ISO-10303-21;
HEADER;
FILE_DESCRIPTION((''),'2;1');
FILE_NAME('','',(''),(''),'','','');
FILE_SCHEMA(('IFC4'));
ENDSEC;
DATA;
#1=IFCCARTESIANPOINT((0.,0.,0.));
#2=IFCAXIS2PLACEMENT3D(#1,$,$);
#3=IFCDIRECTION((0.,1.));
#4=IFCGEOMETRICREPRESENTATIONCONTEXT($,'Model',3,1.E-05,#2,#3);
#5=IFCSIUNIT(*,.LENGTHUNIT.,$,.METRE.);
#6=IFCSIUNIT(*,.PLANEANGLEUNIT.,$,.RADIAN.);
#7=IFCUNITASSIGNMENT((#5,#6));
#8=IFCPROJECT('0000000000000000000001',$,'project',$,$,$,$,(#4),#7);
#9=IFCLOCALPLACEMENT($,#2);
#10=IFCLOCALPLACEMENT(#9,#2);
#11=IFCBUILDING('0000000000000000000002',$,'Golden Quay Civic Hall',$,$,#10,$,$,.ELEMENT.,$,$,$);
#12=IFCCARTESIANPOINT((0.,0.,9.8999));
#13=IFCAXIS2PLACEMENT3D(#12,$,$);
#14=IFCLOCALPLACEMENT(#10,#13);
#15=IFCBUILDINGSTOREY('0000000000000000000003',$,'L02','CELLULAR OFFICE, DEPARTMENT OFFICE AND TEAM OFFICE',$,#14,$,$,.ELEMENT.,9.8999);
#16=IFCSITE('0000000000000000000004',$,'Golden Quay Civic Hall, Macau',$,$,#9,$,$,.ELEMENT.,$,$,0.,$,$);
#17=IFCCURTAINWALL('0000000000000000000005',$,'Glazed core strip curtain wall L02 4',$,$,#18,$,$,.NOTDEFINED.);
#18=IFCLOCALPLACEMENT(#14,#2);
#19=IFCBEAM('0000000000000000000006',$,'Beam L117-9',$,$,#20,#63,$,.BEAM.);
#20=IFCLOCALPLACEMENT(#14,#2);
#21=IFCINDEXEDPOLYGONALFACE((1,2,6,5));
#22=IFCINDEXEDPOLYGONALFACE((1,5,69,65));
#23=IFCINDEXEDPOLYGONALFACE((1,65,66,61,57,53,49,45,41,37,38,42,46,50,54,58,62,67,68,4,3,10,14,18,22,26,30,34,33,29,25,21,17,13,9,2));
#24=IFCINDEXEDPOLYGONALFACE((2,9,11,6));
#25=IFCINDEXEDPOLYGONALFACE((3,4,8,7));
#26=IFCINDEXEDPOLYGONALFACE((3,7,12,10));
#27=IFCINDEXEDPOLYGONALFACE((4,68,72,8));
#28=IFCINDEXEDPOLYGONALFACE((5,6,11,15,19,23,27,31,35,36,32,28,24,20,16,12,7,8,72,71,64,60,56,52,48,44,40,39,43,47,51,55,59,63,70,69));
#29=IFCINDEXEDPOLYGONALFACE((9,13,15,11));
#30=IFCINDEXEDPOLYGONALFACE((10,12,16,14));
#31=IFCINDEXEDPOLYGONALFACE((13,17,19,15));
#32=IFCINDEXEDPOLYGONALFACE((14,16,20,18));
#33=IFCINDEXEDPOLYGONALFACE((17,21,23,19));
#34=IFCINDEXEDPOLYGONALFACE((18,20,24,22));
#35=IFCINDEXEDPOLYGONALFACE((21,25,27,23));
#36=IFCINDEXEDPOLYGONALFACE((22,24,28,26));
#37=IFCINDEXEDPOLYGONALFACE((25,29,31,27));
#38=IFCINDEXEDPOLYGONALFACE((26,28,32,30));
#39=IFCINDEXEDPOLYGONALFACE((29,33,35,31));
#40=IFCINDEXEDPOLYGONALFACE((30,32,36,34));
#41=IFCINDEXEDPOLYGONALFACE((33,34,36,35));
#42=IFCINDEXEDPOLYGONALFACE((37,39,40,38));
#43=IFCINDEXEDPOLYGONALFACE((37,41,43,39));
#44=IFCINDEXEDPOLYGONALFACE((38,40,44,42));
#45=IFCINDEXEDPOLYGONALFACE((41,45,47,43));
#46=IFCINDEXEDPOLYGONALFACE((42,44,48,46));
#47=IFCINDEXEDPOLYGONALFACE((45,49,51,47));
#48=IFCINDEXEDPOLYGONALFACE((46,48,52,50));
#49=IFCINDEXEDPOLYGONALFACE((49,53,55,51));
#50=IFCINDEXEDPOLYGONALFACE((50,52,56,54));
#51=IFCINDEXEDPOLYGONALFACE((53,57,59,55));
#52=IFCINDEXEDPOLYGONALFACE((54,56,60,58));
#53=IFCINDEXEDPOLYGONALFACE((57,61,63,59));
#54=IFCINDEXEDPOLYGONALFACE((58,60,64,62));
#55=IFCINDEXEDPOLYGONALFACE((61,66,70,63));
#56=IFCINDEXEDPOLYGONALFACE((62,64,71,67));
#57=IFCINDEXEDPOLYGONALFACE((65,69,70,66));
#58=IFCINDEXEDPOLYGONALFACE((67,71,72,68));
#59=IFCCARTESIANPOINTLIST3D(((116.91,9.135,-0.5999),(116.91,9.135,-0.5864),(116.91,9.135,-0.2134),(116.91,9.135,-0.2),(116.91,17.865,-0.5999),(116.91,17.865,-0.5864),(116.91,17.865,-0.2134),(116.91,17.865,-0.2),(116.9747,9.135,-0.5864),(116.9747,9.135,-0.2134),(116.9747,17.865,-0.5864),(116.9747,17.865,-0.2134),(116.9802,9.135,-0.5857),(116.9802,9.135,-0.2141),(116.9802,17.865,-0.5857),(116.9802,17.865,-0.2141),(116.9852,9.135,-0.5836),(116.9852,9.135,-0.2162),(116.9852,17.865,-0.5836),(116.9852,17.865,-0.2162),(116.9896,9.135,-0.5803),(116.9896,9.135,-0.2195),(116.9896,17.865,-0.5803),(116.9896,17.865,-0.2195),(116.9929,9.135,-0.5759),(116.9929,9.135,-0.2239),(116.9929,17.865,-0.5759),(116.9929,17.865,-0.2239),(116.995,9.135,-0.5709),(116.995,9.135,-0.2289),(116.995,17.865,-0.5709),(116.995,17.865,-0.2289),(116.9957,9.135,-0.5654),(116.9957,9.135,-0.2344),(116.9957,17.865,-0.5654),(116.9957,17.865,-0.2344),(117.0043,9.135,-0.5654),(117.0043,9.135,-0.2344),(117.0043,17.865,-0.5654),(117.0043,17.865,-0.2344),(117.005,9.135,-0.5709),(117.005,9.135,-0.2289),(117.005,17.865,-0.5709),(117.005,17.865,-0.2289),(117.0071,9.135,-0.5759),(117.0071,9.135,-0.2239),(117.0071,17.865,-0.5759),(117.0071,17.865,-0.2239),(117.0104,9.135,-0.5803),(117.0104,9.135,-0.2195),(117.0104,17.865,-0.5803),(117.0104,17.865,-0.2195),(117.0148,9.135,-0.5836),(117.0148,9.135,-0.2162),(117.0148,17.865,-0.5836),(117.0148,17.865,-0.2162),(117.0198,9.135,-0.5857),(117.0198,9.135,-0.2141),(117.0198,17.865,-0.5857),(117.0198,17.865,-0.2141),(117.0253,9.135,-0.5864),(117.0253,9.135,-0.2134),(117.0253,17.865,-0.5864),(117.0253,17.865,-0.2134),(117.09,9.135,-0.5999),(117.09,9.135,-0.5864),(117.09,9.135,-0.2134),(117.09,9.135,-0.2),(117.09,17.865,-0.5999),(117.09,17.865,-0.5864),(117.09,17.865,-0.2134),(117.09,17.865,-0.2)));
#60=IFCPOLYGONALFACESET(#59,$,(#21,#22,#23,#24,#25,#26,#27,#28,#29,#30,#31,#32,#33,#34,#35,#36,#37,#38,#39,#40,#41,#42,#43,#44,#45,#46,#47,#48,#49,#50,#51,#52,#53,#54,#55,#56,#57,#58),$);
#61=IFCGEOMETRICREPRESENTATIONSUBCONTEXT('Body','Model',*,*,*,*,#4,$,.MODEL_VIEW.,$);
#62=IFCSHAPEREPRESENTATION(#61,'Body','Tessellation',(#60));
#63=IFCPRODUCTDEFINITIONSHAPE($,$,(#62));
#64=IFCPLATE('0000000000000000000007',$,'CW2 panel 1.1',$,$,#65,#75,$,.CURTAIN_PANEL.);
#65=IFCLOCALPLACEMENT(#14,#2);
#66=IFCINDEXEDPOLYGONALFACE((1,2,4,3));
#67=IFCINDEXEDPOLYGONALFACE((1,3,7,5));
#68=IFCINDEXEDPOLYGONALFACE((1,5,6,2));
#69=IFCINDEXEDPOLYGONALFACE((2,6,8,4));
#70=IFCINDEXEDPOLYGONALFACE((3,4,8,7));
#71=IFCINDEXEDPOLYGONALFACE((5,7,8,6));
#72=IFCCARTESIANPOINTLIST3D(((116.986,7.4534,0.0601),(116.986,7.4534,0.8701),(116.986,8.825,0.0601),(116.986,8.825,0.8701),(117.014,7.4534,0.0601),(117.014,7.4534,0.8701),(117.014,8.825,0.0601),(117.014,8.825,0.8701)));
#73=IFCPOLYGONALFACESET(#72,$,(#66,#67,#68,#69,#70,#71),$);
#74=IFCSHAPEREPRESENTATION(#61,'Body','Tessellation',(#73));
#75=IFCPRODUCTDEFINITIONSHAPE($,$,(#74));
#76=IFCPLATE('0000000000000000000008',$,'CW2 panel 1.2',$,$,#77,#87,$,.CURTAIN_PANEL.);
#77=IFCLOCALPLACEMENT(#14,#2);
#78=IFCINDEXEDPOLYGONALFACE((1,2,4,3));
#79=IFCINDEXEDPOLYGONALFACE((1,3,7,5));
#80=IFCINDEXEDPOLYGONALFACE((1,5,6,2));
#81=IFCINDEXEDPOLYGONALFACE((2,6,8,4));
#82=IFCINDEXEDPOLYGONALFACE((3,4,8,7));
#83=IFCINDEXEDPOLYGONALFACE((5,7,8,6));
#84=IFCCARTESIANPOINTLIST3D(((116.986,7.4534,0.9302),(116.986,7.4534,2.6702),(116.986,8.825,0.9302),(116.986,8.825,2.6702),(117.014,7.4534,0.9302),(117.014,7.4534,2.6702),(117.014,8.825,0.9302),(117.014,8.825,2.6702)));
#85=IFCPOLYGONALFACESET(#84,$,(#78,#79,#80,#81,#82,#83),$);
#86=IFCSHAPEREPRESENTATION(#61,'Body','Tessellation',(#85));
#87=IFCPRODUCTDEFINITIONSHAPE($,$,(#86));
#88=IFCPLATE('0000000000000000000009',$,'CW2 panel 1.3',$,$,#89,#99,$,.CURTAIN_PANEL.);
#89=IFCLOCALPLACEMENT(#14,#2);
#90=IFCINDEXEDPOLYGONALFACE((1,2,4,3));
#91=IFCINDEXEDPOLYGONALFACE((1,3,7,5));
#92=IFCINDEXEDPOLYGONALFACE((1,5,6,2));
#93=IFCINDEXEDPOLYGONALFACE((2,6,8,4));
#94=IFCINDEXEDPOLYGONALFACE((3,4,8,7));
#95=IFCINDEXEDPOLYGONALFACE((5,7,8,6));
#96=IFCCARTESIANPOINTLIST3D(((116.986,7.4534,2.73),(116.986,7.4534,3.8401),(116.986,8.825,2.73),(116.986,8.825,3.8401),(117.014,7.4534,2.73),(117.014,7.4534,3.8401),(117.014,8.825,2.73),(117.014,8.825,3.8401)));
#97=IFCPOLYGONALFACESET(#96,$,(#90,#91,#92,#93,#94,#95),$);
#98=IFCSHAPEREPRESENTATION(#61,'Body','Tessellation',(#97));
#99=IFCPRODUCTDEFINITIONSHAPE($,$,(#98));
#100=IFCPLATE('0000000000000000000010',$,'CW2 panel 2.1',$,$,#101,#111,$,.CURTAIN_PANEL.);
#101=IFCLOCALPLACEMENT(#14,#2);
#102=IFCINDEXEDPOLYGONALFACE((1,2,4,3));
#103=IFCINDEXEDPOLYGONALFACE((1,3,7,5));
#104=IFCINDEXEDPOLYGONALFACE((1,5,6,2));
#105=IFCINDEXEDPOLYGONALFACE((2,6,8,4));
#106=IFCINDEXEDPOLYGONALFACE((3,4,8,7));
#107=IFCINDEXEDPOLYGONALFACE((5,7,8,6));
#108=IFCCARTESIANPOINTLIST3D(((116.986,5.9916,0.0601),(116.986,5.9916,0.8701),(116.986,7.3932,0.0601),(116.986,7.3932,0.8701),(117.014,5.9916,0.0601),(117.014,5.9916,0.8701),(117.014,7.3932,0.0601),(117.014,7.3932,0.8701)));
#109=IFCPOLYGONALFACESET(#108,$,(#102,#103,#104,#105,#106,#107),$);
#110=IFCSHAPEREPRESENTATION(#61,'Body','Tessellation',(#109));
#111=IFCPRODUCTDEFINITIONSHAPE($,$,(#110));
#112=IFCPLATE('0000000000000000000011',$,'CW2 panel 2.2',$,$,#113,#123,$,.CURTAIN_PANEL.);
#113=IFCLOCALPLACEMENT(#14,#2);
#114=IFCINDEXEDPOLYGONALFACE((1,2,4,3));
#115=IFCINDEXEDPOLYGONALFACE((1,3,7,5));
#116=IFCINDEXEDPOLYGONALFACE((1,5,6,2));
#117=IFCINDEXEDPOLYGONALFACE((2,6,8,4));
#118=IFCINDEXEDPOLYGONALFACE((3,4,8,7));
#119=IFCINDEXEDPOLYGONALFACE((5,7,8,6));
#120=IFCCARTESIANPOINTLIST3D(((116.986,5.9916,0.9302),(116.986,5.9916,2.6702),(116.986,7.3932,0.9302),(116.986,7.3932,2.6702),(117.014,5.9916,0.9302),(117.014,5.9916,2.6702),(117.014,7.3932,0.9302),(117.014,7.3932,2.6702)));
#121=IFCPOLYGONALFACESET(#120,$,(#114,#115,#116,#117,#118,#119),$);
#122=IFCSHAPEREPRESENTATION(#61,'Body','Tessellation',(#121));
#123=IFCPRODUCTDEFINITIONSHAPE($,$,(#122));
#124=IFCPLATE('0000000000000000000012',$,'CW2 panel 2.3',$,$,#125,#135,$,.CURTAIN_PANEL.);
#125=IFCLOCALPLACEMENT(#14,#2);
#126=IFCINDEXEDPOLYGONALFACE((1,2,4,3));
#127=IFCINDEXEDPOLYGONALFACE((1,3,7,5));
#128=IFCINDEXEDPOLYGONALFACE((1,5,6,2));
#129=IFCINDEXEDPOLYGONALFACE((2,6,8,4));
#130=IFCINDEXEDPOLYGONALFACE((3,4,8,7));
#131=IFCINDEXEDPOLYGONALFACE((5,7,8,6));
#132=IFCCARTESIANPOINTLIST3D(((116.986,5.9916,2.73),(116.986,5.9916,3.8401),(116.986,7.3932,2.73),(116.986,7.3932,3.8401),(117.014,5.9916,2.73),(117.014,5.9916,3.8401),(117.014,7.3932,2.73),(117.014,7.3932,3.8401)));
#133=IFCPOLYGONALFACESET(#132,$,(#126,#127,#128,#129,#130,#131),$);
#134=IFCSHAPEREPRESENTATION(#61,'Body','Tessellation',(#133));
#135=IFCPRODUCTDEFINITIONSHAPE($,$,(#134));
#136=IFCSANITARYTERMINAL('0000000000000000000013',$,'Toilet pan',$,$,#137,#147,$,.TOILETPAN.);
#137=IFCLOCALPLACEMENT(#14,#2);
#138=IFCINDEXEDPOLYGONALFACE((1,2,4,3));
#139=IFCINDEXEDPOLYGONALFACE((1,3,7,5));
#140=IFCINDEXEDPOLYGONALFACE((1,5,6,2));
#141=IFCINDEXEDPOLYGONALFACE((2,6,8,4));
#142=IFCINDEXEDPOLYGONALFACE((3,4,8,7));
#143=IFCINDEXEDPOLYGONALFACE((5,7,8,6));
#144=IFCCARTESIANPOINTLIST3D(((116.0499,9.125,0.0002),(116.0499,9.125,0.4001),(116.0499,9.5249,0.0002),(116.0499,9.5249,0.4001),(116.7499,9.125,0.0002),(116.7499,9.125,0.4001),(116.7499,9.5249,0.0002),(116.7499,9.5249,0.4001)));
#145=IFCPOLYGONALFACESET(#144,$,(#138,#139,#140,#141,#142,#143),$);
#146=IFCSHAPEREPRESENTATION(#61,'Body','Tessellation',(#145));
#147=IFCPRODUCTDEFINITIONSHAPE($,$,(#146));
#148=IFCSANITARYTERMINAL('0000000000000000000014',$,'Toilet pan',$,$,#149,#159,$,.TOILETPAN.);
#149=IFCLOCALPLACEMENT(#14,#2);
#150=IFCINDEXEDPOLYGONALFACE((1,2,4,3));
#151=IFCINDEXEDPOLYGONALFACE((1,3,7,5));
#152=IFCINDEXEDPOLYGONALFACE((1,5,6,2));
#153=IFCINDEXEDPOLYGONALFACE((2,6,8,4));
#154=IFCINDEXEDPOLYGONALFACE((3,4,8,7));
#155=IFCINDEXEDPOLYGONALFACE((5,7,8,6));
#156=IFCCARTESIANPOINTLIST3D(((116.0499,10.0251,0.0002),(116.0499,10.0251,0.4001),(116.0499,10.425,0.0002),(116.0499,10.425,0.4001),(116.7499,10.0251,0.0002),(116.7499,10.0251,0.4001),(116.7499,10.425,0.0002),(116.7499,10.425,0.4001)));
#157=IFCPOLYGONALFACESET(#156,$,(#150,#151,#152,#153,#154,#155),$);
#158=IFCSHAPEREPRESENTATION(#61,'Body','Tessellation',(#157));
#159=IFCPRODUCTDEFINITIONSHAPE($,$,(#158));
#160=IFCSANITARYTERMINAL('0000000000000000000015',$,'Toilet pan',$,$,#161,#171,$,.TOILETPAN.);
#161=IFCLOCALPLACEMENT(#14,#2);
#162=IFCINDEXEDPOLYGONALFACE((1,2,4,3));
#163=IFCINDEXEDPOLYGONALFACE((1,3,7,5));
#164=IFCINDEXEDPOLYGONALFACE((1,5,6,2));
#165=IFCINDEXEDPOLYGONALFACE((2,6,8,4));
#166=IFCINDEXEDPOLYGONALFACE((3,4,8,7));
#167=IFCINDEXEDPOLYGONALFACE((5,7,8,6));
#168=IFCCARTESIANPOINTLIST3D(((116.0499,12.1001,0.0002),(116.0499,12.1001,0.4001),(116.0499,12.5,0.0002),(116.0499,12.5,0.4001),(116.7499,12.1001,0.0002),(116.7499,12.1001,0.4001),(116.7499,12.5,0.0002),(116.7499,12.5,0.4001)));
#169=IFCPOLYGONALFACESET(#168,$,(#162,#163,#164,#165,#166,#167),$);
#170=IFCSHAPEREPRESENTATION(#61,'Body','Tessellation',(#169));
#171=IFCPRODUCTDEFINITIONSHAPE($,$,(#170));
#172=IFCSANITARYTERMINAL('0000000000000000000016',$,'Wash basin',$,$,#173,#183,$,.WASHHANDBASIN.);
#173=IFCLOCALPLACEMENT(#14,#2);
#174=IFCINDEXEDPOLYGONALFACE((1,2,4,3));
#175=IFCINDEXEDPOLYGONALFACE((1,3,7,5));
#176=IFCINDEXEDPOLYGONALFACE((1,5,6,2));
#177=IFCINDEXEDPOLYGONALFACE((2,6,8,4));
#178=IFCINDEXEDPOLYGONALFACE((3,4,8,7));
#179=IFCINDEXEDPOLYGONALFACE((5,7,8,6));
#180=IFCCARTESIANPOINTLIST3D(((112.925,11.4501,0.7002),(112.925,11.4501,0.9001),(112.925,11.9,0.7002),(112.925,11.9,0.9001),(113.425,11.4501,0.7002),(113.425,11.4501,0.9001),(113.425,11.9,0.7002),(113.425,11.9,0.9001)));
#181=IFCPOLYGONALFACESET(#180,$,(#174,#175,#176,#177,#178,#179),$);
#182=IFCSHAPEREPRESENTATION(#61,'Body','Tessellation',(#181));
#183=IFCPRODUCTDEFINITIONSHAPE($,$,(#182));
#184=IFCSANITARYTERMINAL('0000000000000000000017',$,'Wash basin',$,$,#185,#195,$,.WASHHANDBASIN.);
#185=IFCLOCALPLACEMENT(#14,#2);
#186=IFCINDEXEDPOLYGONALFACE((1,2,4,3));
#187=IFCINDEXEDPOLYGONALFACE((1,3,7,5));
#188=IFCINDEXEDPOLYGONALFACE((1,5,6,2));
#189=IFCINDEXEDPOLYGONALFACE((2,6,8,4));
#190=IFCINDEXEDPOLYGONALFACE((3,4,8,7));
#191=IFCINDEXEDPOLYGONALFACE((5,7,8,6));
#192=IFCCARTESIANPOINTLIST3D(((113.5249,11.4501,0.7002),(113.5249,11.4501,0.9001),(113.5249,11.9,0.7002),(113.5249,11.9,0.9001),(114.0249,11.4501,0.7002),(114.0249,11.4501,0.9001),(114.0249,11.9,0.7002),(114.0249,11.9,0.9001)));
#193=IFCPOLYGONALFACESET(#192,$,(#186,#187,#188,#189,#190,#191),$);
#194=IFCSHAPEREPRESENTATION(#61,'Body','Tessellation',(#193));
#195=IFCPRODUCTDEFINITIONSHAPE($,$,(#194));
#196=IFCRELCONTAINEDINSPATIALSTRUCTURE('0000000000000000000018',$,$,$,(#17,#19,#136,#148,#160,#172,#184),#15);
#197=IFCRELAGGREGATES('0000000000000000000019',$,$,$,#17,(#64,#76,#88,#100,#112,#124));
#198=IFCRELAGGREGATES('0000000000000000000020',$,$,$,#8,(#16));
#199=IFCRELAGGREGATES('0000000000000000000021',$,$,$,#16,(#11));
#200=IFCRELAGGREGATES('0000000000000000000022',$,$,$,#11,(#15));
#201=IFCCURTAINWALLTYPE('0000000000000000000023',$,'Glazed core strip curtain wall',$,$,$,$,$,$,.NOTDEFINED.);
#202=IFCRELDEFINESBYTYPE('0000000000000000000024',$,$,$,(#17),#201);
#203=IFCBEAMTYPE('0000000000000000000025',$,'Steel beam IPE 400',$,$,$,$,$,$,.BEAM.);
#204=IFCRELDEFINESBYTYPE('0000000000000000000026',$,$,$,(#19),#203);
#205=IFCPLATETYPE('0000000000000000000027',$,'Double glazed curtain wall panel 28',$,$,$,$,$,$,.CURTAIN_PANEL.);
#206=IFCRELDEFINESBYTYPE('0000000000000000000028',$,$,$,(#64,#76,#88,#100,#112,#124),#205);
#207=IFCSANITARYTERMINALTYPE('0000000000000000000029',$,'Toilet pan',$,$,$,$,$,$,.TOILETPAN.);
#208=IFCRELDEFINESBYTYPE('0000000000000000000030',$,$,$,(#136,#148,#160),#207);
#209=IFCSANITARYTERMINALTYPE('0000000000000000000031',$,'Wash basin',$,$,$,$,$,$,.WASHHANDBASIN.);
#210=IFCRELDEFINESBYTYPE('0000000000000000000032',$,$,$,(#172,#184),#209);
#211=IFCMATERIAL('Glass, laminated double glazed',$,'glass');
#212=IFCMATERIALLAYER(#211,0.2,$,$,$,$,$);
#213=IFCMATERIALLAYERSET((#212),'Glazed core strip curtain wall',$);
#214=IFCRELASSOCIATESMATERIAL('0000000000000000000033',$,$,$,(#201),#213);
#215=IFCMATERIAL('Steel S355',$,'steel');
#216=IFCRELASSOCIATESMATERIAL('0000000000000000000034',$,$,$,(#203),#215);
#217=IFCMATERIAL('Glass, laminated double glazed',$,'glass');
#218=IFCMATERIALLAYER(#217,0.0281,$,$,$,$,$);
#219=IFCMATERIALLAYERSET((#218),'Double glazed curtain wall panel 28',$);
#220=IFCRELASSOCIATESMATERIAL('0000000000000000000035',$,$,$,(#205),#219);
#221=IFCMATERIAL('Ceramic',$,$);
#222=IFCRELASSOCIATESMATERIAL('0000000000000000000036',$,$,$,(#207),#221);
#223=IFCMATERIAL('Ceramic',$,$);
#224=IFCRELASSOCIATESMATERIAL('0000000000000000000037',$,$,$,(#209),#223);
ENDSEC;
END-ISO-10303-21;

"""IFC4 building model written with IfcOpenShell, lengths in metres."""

from ifc_helpers import new_model, si_unit, direction, frame, origin, origin_2d, place, context, subcontext, project, spatial, rectangle, i_section, extrude, material, layer, layer_set, material_profile, profile_set, type_object, element, aggregate, save


model = new_model("IFC4")

# Units and contexts
model_context = context("Model", 3, precision=1e-05, world=origin(), true_north=direction((0.0, 1.0)))
body_context = subcontext(model_context, "Body", "Model", "MODEL_VIEW")
ifc_project = project(units=[si_unit("LENGTHUNIT", "METRE"), si_unit("PLANEANGLEUNIT", "RADIAN")], contexts=[model_context])

# Site, building, storey
site_placement = place(None, origin())
site = spatial("IfcSite", under=ifc_project, at=site_placement, Name="Golden Quay Civic Hall, Macau", CompositionType="ELEMENT", RefElevation=0.0)
building_placement = place(site_placement, origin())
building = spatial("IfcBuilding", under=site, at=building_placement, Name="Golden Quay Civic Hall", CompositionType="ELEMENT")
storey_placement = place(building_placement, frame((0.0, 0.0, 9.8999)))
storey = spatial("IfcBuildingStorey", under=building, at=storey_placement, Name="L02", Description="CELLULAR OFFICE, DEPARTMENT OFFICE AND TEAM OFFICE", CompositionType="ELEMENT", Elevation=9.8999)

# Curtain wall
ifc_material_1 = material(Name="Glass, laminated double glazed", Category="glass")
ifc_layer_1 = layer(ifc_material_1, 0.2)
ifc_layer_set_1 = layer_set([ifc_layer_1], Name="Glazed core strip curtain wall")
curtain_wall_type = type_object("IfcCurtainWallType", Name="Glazed core strip curtain wall", PredefinedType="NOTDEFINED", material=ifc_layer_set_1)
curtain_wall_placement = place(storey_placement, origin())
curtain_wall = element("IfcCurtainWall", 1, at=curtain_wall_placement, inside=storey, type_object=curtain_wall_type, Name="Glazed core strip curtain wall L02 4", PredefinedType="NOTDEFINED")

# Beam
ifc_material_2 = material(Name="Steel S355", Category="steel")
ifc_material_profile_1 = material_profile(ifc_material_2, i_section(OverallWidth=0.1799, OverallDepth=0.3999, WebThickness=0.0085, FlangeThickness=0.0134, FilletRadius=0.021, at=origin_2d()), Name="IPE 400")
ifc_profile_set_1 = profile_set([ifc_material_profile_1], Name="Steel S355")
beam_type = type_object("IfcBeamType", Name="Steel beam IPE 400", PredefinedType="BEAM", material=ifc_profile_set_1)
beam_placement = place(storey_placement, frame((117.0, 9.135, -0.3999), z_axis=(0.0, 1.0, 0.0), x_axis=(-1.0, 0.0, 0.0)))
element("IfcBeam", 2, at=beam_placement, inside=storey, type_object=beam_type, Name="Beam L117-9", PredefinedType="BEAM", context=body_context, shape_type="SweptSolid", body=[
    extrude(i_section(OverallWidth=0.1799, OverallDepth=0.3999, WebThickness=0.0085, FlangeThickness=0.0134, FilletRadius=0.021, at=origin_2d()), origin(), (0.0, 0.0, 1.0), 8.73),
])

# Plates
ifc_material_3 = material(Name="Glass, laminated double glazed", Category="glass")
ifc_layer_2 = layer(ifc_material_3, 0.0281)
ifc_layer_set_2 = layer_set([ifc_layer_2], Name="Double glazed curtain wall panel 28")
plate_type = type_object("IfcPlateType", Name="Double glazed curtain wall panel 28", PredefinedType="CURTAIN_PANEL", material=ifc_layer_set_2)
plate_1_placement = place(storey_placement, frame((117.0, 8.1392, 0.0601), z_axis=(0.0, 0.0, 1.0), x_axis=(0.0, -1.0, 0.0)))
plate_1 = element("IfcPlate", 3, at=plate_1_placement, type_object=plate_type, Name="CW2 panel 1.1", PredefinedType="CURTAIN_PANEL", context=body_context, shape_type="SweptSolid", body=[
    extrude(rectangle(XDim=1.3716, YDim=0.0281, at=origin_2d()), origin(), (0.0, 0.0, 1.0), 0.8101),
])
plate_2_placement = place(storey_placement, frame((117.0, 8.1392, 0.9302), z_axis=(0.0, 0.0, 1.0), x_axis=(0.0, -1.0, 0.0)))
plate_2 = element("IfcPlate", 4, at=plate_2_placement, type_object=plate_type, Name="CW2 panel 1.2", PredefinedType="CURTAIN_PANEL", context=body_context, shape_type="SweptSolid", body=[
    extrude(rectangle(XDim=1.3716, YDim=0.0281, at=origin_2d()), origin(), (0.0, 0.0, 1.0), 1.74),
])
plate_3_placement = place(storey_placement, frame((117.0, 8.1392, 2.73), z_axis=(0.0, 0.0, 1.0), x_axis=(0.0, -1.0, 0.0)))
plate_3 = element("IfcPlate", 5, at=plate_3_placement, type_object=plate_type, Name="CW2 panel 1.3", PredefinedType="CURTAIN_PANEL", context=body_context, shape_type="SweptSolid", body=[
    extrude(rectangle(XDim=1.3716, YDim=0.0281, at=origin_2d()), origin(), (0.0, 0.0, 1.0), 1.1101),
])
plate_4_placement = place(storey_placement, frame((117.0, 6.6924, 0.0601), z_axis=(0.0, 0.0, 1.0), x_axis=(0.0, -1.0, 0.0)))
plate_4 = element("IfcPlate", 6, at=plate_4_placement, type_object=plate_type, Name="CW2 panel 2.1", PredefinedType="CURTAIN_PANEL", context=body_context, shape_type="SweptSolid", body=[
    extrude(rectangle(XDim=1.4016, YDim=0.0281, at=origin_2d()), origin(), (0.0, 0.0, 1.0), 0.8101),
])
plate_5_placement = place(storey_placement, frame((117.0, 6.6924, 0.9302), z_axis=(0.0, 0.0, 1.0), x_axis=(0.0, -1.0, 0.0)))
plate_5 = element("IfcPlate", 7, at=plate_5_placement, type_object=plate_type, Name="CW2 panel 2.2", PredefinedType="CURTAIN_PANEL", context=body_context, shape_type="SweptSolid", body=[
    extrude(rectangle(XDim=1.4016, YDim=0.0281, at=origin_2d()), origin(), (0.0, 0.0, 1.0), 1.74),
])
plate_6_placement = place(storey_placement, frame((117.0, 6.6924, 2.73), z_axis=(0.0, 0.0, 1.0), x_axis=(0.0, -1.0, 0.0)))
plate_6 = element("IfcPlate", 8, at=plate_6_placement, type_object=plate_type, Name="CW2 panel 2.3", PredefinedType="CURTAIN_PANEL", context=body_context, shape_type="SweptSolid", body=[
    extrude(rectangle(XDim=1.4016, YDim=0.0281, at=origin_2d()), origin(), (0.0, 0.0, 1.0), 1.1101),
])
aggregate(curtain_wall, [plate_1, plate_2, plate_3, plate_4, plate_5, plate_6])

# Sanitary terminals
ifc_material_4 = material(Name="Ceramic")
sanitary_terminal_type_1 = type_object("IfcSanitaryTerminalType", Name="Toilet pan", PredefinedType="TOILETPAN", material=ifc_material_4)
for number, where, z_axis, x_axis, name in (
    (9, (116.3999, 9.325, 0.0002), (0.0, 0.0, 1.0), (0.0, 1.0, 0.0), "Toilet pan"),
    (10, (116.3999, 10.2251, 0.0002), (0.0, 0.0, 1.0), (0.0, 1.0, 0.0), "Toilet pan"),
    (11, (116.3999, 12.3, 0.0002), (0.0, 0.0, 1.0), (0.0, 1.0, 0.0), "Toilet pan"),
):
    element("IfcSanitaryTerminal", number, at=place(storey_placement, frame(where, z_axis=z_axis, x_axis=x_axis)), inside=storey, type_object=sanitary_terminal_type_1, Name=name, PredefinedType="TOILETPAN", context=body_context, shape_type="SweptSolid", body=[
        extrude(rectangle(XDim=0.3999, YDim=0.7, at=origin_2d()), origin(), (0.0, 0.0, 1.0), 0.3999),
    ])
ifc_material_5 = material(Name="Ceramic")
sanitary_terminal_type_2 = type_object("IfcSanitaryTerminalType", Name="Wash basin", PredefinedType="WASHHANDBASIN", material=ifc_material_5)
for number, where, z_axis, x_axis, name in (
    (12, (113.175, 11.675, 0.7002), (0.0, 0.0, 1.0), (1.0, 0.0, 0.0), "Wash basin"),
    (13, (113.7749, 11.675, 0.7002), (0.0, 0.0, 1.0), (1.0, 0.0, 0.0), "Wash basin"),
):
    element("IfcSanitaryTerminal", number, at=place(storey_placement, frame(where, z_axis=z_axis, x_axis=x_axis)), inside=storey, type_object=sanitary_terminal_type_2, Name=name, PredefinedType="WASHHANDBASIN", context=body_context, shape_type="SweptSolid", body=[
        extrude(rectangle(XDim=0.5, YDim=0.45, at=origin_2d()), origin(), (0.0, 0.0, 1.0), 0.2),
    ])

save(model, "model.ifc")
